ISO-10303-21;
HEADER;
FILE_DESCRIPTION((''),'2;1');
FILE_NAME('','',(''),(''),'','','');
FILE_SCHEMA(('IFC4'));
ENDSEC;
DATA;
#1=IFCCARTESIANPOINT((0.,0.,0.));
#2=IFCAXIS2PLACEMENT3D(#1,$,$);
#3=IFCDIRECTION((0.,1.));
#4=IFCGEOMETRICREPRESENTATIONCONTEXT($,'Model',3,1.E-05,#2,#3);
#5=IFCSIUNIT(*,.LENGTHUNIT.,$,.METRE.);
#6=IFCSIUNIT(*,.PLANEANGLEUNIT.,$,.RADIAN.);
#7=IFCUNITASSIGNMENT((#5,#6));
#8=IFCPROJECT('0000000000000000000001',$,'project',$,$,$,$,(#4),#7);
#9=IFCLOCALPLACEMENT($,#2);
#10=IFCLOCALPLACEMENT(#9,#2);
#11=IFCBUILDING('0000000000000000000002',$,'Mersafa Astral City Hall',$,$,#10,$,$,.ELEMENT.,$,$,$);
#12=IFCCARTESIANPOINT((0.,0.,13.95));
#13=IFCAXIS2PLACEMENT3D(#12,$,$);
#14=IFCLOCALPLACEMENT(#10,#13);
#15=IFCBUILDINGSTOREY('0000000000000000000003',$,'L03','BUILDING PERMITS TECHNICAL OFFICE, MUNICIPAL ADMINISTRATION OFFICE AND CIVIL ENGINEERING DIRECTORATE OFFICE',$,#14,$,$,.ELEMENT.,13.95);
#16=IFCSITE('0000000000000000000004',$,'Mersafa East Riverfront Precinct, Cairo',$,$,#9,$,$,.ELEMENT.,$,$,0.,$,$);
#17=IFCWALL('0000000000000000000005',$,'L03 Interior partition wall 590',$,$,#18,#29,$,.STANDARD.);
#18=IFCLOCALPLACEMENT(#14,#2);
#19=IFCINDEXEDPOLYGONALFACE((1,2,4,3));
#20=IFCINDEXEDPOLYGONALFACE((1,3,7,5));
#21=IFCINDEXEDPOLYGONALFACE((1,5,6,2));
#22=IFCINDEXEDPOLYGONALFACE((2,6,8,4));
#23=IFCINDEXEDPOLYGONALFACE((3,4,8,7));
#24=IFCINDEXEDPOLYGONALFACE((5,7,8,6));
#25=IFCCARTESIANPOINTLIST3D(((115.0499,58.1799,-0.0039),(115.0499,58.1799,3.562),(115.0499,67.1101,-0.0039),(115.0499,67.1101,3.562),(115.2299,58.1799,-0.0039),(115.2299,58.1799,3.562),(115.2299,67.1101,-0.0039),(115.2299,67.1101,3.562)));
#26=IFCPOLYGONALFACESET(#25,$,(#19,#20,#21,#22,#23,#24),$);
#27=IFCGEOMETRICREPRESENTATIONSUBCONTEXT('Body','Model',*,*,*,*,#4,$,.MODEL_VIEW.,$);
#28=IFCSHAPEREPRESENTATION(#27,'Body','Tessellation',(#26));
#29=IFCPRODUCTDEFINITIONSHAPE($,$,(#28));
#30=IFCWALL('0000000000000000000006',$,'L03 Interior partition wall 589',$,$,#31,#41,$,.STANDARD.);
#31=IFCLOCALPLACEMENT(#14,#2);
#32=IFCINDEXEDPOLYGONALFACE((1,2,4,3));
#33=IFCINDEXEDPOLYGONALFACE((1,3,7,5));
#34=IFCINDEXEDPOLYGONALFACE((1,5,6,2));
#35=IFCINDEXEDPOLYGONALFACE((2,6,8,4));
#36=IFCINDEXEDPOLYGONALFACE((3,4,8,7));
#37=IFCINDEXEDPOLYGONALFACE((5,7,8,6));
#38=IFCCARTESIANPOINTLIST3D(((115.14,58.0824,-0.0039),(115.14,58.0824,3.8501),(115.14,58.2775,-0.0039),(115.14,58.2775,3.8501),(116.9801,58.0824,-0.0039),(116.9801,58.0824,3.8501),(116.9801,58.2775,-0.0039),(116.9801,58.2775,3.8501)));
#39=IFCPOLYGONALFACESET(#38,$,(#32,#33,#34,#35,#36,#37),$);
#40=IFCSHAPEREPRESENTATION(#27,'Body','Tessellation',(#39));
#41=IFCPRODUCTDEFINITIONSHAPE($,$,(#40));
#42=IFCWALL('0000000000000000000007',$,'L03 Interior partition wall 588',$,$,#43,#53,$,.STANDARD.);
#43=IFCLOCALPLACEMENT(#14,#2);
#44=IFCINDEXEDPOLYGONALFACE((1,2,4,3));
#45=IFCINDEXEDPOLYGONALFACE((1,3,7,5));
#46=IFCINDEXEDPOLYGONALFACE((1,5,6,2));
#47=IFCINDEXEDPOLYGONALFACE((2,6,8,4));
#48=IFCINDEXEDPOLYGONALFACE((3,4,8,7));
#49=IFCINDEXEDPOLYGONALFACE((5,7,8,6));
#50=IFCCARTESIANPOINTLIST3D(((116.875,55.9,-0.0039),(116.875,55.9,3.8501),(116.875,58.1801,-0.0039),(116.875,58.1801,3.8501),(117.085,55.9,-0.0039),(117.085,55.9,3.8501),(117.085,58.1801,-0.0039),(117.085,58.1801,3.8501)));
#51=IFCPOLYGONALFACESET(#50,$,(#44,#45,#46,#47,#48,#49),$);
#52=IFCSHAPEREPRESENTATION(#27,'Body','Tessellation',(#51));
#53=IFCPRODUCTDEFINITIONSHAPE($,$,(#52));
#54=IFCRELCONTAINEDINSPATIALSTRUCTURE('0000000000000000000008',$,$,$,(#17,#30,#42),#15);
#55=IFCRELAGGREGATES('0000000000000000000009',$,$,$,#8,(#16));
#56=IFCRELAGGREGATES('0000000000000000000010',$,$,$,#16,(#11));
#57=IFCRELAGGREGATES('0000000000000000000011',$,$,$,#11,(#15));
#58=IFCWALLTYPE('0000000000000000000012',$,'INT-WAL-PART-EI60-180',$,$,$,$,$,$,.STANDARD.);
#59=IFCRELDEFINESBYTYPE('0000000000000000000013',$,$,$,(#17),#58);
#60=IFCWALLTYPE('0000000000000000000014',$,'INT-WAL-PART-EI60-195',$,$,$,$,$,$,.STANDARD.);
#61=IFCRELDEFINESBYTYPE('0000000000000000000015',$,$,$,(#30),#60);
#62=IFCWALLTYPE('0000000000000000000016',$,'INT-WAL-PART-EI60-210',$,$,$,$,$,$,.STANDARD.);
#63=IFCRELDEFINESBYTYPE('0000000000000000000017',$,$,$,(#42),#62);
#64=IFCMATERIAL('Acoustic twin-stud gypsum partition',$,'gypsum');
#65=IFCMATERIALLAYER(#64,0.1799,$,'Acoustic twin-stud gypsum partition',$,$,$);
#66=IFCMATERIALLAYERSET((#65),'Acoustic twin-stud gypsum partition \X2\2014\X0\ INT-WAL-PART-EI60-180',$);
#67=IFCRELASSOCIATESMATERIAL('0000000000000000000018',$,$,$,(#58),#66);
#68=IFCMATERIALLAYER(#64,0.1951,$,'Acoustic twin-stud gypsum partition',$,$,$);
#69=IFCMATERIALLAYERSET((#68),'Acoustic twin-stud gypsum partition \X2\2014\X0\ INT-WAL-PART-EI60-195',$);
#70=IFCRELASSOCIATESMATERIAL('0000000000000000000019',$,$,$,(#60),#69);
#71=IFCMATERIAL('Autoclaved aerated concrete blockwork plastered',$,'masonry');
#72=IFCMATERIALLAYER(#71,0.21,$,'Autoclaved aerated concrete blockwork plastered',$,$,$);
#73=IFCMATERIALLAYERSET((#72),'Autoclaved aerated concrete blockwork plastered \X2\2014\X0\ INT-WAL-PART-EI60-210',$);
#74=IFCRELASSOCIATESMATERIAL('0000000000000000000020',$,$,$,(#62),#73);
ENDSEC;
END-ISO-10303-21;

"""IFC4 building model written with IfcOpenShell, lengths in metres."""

from ifc_helpers import new_model, si_unit, direction, frame, frame_2d, origin, place, context, subcontext, project, spatial, rectangle, extrude, material, layer, layer_set, type_object, element, save


model = new_model("IFC4")

# Units and contexts
model_context = context("Model", 3, precision=1e-05, world=origin(), true_north=direction((0.0, 1.0)))
body_context = subcontext(model_context, "Body", "Model", "MODEL_VIEW")
ifc_project = project(units=[si_unit("LENGTHUNIT", "METRE"), si_unit("PLANEANGLEUNIT", "RADIAN")], contexts=[model_context])

# Site, building, storey
site_placement = place(None, origin())
site = spatial("IfcSite", under=ifc_project, at=site_placement, Name="Mersafa East Riverfront Precinct, Cairo", CompositionType="ELEMENT", RefElevation=0.0)
building_placement = place(site_placement, origin())
building = spatial("IfcBuilding", under=site, at=building_placement, Name="Mersafa Astral City Hall", CompositionType="ELEMENT")
storey_placement = place(building_placement, frame((0.0, 0.0, 13.95)))
storey = spatial("IfcBuildingStorey", under=building, at=storey_placement, Name="L03", Description="BUILDING PERMITS TECHNICAL OFFICE, MUNICIPAL ADMINISTRATION OFFICE AND CIVIL ENGINEERING DIRECTORATE OFFICE", CompositionType="ELEMENT", Elevation=13.95)

# Shared definitions
ifc_material_1 = material(Name="Acoustic twin-stud gypsum partition", Category="gypsum")
ifc_layer_1 = layer(ifc_material_1, 0.1799, Name="Acoustic twin-stud gypsum partition")
ifc_layer_set_1 = layer_set([ifc_layer_1], Name="Acoustic twin-stud gypsum partition — INT-WAL-PART-EI60-180")
wall_type_1 = type_object("IfcWallType", Name="INT-WAL-PART-EI60-180", PredefinedType="STANDARD", material=ifc_layer_set_1)

# Walls
wall_1_placement = place(storey_placement, frame((115.1399, 58.1799, -0.0039), z_axis=(0.0, 0.0, 1.0), x_axis=(0.0, 1.0, 0.0)))
element("IfcWall", 1, at=wall_1_placement, inside=storey, type_object=wall_type_1, Name="L03 Interior partition wall 590", PredefinedType="STANDARD", context=body_context, shape_type="SweptSolid", body=[
    extrude(rectangle(XDim=8.9302, YDim=0.1799, at=frame_2d((4.4651, 0.0))), origin(), (0.0, 0.0, 1.0), 3.5659),
])
ifc_layer_2 = layer(ifc_material_1, 0.1951, Name="Acoustic twin-stud gypsum partition")
ifc_layer_set_2 = layer_set([ifc_layer_2], Name="Acoustic twin-stud gypsum partition — INT-WAL-PART-EI60-195")
wall_type_2 = type_object("IfcWallType", Name="INT-WAL-PART-EI60-195", PredefinedType="STANDARD", material=ifc_layer_set_2)
wall_2_placement = place(storey_placement, frame((116.98, 58.1799, -0.0039), z_axis=(0.0, 0.0, 1.0), x_axis=(-1.0, 0.0, 0.0)))
element("IfcWall", 2, at=wall_2_placement, inside=storey, type_object=wall_type_2, Name="L03 Interior partition wall 589", PredefinedType="STANDARD", context=body_context, shape_type="SweptSolid", body=[
    extrude(rectangle(XDim=1.8401, YDim=0.1951, at=frame_2d((0.9199, 0.0))), origin(), (0.0, 0.0, 1.0), 3.854),
])
ifc_material_2 = material(Name="Autoclaved aerated concrete blockwork plastered", Category="masonry")
ifc_layer_3 = layer(ifc_material_2, 0.21, Name="Autoclaved aerated concrete blockwork plastered")
ifc_layer_set_3 = layer_set([ifc_layer_3], Name="Autoclaved aerated concrete blockwork plastered — INT-WAL-PART-EI60-210")
wall_type_3 = type_object("IfcWallType", Name="INT-WAL-PART-EI60-210", PredefinedType="STANDARD", material=ifc_layer_set_3)
wall_3_placement = place(storey_placement, frame((116.98, 55.8999, -0.0039), z_axis=(0.0, 0.0, 1.0), x_axis=(0.0, 1.0, 0.0)))
element("IfcWall", 3, at=wall_3_placement, inside=storey, type_object=wall_type_3, Name="L03 Interior partition wall 588", PredefinedType="STANDARD", context=body_context, shape_type="SweptSolid", body=[
    extrude(rectangle(XDim=2.28, YDim=0.21, at=frame_2d((1.1401, 0.0))), origin(), (0.0, 0.0, 1.0), 3.854),
])

save(model, "model.ifc")
